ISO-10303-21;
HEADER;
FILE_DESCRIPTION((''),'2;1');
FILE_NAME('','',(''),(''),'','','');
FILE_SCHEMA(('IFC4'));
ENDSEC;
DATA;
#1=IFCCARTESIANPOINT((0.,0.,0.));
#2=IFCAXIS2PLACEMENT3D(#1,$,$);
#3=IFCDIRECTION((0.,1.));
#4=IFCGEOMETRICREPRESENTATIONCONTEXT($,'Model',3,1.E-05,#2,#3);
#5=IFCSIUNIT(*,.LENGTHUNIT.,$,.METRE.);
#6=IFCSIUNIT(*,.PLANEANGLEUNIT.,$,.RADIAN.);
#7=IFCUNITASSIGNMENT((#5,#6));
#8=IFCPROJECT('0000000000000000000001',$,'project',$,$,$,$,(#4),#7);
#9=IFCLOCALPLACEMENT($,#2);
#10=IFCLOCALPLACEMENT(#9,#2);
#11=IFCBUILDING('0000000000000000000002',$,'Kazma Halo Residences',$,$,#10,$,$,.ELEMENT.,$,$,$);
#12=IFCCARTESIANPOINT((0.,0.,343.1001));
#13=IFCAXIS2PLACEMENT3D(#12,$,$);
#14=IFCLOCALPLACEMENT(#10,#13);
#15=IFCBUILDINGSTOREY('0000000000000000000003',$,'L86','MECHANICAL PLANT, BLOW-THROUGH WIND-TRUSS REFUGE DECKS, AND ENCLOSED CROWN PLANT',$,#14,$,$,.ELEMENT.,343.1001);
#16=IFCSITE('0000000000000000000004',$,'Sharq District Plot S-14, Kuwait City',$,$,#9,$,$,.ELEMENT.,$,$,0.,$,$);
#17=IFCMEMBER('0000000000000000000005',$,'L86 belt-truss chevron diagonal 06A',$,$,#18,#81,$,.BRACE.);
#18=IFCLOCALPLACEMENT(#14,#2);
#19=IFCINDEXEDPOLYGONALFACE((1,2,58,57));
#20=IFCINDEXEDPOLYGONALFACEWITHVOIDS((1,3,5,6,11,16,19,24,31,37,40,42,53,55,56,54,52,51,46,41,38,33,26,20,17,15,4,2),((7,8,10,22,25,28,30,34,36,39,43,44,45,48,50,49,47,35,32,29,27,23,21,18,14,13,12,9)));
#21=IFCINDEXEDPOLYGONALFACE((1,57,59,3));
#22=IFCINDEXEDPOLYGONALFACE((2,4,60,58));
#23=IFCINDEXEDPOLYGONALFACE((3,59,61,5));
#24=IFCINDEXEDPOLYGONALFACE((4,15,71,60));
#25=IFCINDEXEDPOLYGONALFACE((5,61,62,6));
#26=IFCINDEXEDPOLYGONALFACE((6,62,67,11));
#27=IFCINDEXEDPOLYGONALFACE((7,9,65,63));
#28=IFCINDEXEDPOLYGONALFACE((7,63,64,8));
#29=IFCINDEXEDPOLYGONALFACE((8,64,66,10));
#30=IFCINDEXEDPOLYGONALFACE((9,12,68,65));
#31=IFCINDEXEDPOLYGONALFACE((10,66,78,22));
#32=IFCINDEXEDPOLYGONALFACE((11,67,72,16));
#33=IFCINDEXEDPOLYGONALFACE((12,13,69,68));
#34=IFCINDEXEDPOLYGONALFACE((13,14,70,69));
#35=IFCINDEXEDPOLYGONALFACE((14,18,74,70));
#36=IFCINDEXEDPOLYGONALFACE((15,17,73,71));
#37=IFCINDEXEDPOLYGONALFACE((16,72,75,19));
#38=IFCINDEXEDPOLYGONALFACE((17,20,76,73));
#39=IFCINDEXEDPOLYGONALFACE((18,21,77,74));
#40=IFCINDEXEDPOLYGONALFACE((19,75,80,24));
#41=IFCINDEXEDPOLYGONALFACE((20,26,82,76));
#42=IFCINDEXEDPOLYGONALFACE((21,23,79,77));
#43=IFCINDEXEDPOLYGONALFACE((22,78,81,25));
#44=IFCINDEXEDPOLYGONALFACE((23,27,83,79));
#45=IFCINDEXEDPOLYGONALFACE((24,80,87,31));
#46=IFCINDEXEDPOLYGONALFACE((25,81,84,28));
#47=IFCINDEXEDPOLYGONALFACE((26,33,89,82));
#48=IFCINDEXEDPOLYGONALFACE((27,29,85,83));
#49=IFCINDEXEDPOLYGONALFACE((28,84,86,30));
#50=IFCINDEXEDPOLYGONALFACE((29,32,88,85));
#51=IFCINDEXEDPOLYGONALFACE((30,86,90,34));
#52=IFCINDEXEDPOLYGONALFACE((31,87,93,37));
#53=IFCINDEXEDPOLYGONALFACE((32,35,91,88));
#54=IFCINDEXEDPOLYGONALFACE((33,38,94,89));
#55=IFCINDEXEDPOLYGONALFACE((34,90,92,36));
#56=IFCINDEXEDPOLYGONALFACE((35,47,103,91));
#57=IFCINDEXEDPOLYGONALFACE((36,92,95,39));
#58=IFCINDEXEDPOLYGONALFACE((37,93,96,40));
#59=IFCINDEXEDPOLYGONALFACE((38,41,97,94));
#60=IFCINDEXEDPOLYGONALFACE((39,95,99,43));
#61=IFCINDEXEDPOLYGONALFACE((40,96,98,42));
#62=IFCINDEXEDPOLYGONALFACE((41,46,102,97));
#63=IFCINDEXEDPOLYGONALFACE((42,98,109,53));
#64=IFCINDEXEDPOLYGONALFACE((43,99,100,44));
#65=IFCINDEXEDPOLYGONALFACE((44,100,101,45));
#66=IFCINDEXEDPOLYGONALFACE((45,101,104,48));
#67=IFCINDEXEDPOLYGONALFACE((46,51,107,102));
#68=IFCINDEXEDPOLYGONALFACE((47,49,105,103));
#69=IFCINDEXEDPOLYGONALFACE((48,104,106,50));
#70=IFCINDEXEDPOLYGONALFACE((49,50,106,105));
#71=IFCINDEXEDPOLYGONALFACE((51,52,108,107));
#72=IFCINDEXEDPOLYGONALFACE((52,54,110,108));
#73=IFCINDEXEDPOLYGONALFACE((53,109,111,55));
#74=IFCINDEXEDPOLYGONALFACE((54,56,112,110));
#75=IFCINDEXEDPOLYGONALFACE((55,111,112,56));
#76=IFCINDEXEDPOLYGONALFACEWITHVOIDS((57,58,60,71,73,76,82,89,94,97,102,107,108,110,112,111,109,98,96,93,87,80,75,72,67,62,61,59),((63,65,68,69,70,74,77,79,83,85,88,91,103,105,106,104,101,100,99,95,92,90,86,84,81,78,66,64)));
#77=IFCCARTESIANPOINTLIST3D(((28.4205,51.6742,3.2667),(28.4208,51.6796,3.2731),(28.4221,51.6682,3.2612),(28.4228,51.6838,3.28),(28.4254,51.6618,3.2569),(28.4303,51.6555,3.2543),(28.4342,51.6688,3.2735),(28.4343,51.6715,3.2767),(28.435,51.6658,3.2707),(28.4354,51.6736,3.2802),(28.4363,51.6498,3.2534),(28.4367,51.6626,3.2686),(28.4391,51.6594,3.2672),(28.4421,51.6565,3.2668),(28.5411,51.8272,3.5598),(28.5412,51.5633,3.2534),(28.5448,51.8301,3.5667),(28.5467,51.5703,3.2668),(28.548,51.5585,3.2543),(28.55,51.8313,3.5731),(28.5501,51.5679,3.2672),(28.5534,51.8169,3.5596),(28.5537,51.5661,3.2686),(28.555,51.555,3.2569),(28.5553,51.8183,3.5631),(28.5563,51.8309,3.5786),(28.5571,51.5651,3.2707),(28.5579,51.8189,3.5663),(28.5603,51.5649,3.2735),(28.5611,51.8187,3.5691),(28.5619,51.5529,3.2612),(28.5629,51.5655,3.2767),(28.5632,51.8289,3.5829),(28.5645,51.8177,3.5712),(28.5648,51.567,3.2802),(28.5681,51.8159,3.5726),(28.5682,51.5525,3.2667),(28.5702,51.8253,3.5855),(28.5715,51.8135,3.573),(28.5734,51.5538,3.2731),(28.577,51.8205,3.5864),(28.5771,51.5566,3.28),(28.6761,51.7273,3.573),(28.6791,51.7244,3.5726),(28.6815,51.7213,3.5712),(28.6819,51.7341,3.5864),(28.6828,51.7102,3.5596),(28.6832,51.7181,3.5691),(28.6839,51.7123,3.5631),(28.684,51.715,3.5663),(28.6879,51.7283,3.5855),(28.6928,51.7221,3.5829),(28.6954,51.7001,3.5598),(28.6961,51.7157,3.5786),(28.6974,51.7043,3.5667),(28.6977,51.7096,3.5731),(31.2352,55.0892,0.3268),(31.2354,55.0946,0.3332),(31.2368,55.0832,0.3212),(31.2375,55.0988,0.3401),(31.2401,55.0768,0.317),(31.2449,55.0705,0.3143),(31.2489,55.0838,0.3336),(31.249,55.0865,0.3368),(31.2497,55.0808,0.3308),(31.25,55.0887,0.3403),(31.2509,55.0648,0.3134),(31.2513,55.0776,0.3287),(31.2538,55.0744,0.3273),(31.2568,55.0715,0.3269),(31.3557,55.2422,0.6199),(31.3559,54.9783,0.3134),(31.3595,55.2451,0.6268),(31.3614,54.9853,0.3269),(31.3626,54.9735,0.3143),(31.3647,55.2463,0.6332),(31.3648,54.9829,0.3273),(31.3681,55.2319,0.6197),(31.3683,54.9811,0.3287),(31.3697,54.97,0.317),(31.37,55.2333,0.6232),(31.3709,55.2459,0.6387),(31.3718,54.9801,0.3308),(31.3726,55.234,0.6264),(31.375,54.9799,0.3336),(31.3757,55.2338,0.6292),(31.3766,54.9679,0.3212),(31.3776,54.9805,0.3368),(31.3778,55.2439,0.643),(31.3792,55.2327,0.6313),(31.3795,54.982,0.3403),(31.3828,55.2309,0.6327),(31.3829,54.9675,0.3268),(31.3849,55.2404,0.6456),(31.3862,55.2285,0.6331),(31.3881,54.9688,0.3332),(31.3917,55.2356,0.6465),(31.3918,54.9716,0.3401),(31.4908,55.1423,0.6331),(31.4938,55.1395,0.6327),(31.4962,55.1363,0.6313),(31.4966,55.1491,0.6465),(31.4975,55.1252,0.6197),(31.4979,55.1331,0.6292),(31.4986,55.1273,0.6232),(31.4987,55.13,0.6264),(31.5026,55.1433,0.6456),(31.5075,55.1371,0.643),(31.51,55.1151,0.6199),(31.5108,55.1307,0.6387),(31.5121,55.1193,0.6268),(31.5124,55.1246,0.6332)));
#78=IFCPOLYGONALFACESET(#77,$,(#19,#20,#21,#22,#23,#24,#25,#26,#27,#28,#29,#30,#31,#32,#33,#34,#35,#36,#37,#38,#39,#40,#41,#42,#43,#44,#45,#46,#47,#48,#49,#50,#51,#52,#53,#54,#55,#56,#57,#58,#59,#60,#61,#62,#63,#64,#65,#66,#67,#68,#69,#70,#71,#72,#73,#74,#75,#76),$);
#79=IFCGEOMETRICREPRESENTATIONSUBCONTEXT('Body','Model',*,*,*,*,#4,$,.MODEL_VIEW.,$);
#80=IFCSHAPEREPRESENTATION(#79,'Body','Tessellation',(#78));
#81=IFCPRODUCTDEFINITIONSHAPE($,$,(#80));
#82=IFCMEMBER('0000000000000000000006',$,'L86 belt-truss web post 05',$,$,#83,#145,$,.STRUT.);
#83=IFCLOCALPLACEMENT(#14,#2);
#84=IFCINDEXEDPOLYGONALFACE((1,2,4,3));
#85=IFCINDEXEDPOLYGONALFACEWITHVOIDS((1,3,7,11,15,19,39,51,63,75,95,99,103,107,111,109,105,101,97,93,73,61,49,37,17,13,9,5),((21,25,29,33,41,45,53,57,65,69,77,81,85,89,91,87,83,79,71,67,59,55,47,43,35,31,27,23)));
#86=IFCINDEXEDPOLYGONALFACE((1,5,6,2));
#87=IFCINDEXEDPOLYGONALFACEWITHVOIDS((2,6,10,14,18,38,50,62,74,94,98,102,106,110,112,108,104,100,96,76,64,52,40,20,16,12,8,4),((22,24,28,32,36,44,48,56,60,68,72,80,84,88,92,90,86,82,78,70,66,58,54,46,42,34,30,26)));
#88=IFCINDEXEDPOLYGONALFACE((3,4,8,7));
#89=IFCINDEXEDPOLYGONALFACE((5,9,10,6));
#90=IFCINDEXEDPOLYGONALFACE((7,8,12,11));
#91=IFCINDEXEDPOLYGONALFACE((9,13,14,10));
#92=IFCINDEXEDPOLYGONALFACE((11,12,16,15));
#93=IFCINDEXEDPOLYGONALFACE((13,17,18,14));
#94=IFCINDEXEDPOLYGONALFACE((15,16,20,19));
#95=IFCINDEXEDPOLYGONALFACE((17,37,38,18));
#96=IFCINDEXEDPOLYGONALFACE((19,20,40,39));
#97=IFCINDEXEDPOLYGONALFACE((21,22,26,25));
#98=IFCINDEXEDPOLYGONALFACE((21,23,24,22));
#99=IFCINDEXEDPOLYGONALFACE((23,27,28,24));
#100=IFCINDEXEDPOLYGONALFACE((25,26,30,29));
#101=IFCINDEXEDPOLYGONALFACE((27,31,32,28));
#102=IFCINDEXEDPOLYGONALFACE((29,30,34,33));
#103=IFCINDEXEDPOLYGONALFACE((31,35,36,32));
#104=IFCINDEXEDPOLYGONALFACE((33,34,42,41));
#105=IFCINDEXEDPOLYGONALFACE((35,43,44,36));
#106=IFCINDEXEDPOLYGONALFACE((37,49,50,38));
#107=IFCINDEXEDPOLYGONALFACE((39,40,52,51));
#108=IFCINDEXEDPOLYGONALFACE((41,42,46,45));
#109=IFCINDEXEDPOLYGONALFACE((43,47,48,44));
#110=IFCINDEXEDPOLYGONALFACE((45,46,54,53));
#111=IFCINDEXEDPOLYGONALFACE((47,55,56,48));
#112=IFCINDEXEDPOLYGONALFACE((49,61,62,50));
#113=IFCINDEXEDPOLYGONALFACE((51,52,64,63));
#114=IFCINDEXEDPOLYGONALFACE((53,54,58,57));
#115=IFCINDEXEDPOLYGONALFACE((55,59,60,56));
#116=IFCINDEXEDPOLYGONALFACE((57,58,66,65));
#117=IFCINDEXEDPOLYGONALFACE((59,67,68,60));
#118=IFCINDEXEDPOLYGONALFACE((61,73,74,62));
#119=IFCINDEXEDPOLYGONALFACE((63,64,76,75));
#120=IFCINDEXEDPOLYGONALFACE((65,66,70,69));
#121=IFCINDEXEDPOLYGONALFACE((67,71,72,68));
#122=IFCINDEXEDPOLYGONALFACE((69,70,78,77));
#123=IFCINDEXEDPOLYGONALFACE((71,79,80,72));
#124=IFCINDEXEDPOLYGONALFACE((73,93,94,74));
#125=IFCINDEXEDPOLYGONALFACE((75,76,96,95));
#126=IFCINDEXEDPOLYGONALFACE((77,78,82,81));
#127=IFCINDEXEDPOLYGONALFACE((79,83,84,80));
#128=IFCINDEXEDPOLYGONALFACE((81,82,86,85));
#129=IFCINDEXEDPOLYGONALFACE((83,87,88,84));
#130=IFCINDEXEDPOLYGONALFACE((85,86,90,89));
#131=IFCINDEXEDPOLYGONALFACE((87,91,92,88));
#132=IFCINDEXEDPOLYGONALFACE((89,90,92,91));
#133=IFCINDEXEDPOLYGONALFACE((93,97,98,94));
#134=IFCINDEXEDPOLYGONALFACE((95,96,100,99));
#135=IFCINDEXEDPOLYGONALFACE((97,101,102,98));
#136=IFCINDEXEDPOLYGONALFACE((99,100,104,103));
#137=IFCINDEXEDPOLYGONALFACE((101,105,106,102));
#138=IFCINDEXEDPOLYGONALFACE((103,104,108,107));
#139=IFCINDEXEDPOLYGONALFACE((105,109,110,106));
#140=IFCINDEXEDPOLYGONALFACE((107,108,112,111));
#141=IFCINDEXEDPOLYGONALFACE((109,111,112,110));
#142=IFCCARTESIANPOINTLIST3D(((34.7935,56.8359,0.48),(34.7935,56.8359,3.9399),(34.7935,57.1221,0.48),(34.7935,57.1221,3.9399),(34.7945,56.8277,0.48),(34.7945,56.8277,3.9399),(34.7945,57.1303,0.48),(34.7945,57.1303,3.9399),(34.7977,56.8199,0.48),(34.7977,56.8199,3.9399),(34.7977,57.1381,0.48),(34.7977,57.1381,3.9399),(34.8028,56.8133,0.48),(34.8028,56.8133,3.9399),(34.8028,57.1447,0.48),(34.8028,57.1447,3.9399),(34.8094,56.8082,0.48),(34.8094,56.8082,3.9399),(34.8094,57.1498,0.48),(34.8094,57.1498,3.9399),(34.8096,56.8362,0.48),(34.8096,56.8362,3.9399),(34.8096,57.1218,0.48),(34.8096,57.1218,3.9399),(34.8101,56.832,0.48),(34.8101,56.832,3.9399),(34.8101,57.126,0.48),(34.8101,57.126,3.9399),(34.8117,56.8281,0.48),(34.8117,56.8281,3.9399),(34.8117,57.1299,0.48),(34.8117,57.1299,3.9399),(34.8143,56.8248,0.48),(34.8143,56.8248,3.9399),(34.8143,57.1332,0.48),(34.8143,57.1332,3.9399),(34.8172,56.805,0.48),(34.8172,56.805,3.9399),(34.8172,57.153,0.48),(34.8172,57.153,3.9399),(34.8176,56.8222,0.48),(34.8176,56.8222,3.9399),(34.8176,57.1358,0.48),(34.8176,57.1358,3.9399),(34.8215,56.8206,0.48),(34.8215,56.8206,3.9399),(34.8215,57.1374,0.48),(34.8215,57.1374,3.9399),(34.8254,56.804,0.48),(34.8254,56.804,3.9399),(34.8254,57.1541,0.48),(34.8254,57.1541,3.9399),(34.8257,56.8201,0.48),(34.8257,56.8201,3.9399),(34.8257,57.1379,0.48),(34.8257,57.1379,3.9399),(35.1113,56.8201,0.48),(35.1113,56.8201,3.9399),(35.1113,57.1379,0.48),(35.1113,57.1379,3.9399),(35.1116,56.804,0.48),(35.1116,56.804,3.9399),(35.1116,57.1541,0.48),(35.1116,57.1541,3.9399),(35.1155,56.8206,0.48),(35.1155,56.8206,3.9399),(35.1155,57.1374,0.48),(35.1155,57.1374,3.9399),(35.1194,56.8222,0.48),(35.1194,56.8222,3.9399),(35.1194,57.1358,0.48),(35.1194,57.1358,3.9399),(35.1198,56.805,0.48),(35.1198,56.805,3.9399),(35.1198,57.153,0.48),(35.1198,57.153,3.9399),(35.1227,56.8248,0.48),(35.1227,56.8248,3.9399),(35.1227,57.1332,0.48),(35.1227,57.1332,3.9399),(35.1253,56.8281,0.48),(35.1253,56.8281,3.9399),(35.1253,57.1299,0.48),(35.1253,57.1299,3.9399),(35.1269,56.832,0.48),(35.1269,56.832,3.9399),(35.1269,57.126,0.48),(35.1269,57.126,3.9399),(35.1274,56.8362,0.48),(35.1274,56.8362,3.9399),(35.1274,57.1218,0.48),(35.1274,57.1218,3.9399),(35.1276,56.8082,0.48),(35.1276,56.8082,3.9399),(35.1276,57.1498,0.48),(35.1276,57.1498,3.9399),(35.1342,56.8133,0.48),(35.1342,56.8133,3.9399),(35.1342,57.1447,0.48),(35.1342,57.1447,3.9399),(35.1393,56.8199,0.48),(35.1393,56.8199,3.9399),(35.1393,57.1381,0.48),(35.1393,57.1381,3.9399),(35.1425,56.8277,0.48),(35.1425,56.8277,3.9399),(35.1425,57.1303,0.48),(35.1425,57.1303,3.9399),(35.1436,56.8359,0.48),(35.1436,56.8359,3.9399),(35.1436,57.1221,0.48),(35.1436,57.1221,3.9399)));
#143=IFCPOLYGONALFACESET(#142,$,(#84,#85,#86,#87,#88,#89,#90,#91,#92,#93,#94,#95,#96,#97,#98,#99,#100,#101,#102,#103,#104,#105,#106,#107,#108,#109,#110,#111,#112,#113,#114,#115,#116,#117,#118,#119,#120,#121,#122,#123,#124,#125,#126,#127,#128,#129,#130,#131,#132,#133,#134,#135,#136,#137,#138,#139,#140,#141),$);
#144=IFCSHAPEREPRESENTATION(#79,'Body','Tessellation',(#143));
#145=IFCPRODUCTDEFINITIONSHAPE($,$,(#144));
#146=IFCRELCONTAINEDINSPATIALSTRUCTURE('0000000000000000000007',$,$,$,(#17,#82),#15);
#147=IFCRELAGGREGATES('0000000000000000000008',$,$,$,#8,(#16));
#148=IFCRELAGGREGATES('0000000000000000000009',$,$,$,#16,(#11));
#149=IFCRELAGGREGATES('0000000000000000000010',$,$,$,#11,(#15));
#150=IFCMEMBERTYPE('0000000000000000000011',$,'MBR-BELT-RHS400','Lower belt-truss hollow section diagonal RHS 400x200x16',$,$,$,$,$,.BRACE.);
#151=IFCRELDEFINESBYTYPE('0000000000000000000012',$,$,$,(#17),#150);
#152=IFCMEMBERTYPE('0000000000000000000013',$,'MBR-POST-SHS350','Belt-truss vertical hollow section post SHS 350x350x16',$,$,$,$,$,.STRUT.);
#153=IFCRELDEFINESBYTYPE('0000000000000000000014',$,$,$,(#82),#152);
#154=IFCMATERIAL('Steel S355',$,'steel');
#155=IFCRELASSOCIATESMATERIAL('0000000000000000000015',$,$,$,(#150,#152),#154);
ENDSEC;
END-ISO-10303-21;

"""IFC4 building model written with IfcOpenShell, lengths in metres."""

from ifc_helpers import new_model, si_unit, direction, frame, origin, origin_2d, place, context, subcontext, project, spatial, hollow_rectangle, extrude, material, material_profile, profile_set, type_object, element, save


model = new_model("IFC4")

# Units and contexts
model_context = context("Model", 3, precision=1e-05, world=origin(), true_north=direction((0.0, 1.0)))
body_context = subcontext(model_context, "Body", "Model", "MODEL_VIEW")
ifc_project = project(units=[si_unit("LENGTHUNIT", "METRE"), si_unit("PLANEANGLEUNIT", "RADIAN")], contexts=[model_context])

# Site, building, storey
site_placement = place(None, origin())
site = spatial("IfcSite", under=ifc_project, at=site_placement, Name="Sharq District Plot S-14, Kuwait City", CompositionType="ELEMENT", RefElevation=0.0)
building_placement = place(site_placement, origin())
building = spatial("IfcBuilding", under=site, at=building_placement, Name="Kazma Halo Residences", CompositionType="ELEMENT")
storey_placement = place(building_placement, frame((0.0, 0.0, 343.1001)))
storey = spatial("IfcBuildingStorey", under=building, at=storey_placement, Name="L86", Description="MECHANICAL PLANT, BLOW-THROUGH WIND-TRUSS REFUGE DECKS, AND ENCLOSED CROWN PLANT", CompositionType="ELEMENT", Elevation=343.1001)

# Shared definitions
ifc_material_1 = material(Name="Steel S355", Category="steel")

# Members
ifc_material_profile_1 = material_profile(ifc_material_1, hollow_rectangle(XDim=0.2, YDim=0.3999, WallThickness=0.0161, InnerFilletRadius=0.0161, OuterFilletRadius=0.032, at=origin_2d()), Name="RHS400x200x16")
ifc_profile_set_1 = profile_set([ifc_material_profile_1], Name="Steel S355")
member_type_1 = type_object("IfcMemberType", Name="MBR-BELT-RHS400", Description="Lower belt-truss hollow section diagonal RHS 400x200x16", PredefinedType="BRACE", material=ifc_profile_set_1)
member_1_placement = place(storey_placement, frame((31.3738, 55.1069, 0.48), z_axis=(-0.529773, -0.642767, 0.553346), x_axis=(0.771674, -0.636019, 0.0)))
element("IfcMember", 1, at=member_1_placement, inside=storey, type_object=member_type_1, Name="L86 belt-truss chevron diagonal 06A", PredefinedType="BRACE", context=body_context, shape_type="SweptSolid", body=[
    extrude(hollow_rectangle(XDim=0.2, YDim=0.3999, WallThickness=0.0161, InnerFilletRadius=0.0161, OuterFilletRadius=0.032, at=origin_2d()), origin(), (0.0, 0.0, 1.0), 5.313),
])
ifc_material_profile_2 = material_profile(ifc_material_1, hollow_rectangle(XDim=0.3501, YDim=0.3501, WallThickness=0.0161, InnerFilletRadius=0.0161, OuterFilletRadius=0.032, at=origin_2d()), Name="SHS350x350x16")
ifc_profile_set_2 = profile_set([ifc_material_profile_2], Name="Steel S355")
member_type_2 = type_object("IfcMemberType", Name="MBR-POST-SHS350", Description="Belt-truss vertical hollow section post SHS 350x350x16", PredefinedType="STRUT", material=ifc_profile_set_2)
for number, where, z_axis, x_axis, name in (
    (2, (34.9685, 56.979, 0.48), (0.0, 0.0, 1.0), (1.0, 0.0, 0.0), "L86 belt-truss web post 05"),
):
    element("IfcMember", number, at=place(storey_placement, frame(where, z_axis=z_axis, x_axis=x_axis)), inside=storey, type_object=member_type_2, Name=name, PredefinedType="STRUT", context=body_context, shape_type="SweptSolid", body=[
        extrude(hollow_rectangle(XDim=0.3501, YDim=0.3501, WallThickness=0.0161, InnerFilletRadius=0.0161, OuterFilletRadius=0.032, at=origin_2d()), origin(), (0.0, 0.0, 1.0), 3.46),
    ])

save(model, "model.ifc")
